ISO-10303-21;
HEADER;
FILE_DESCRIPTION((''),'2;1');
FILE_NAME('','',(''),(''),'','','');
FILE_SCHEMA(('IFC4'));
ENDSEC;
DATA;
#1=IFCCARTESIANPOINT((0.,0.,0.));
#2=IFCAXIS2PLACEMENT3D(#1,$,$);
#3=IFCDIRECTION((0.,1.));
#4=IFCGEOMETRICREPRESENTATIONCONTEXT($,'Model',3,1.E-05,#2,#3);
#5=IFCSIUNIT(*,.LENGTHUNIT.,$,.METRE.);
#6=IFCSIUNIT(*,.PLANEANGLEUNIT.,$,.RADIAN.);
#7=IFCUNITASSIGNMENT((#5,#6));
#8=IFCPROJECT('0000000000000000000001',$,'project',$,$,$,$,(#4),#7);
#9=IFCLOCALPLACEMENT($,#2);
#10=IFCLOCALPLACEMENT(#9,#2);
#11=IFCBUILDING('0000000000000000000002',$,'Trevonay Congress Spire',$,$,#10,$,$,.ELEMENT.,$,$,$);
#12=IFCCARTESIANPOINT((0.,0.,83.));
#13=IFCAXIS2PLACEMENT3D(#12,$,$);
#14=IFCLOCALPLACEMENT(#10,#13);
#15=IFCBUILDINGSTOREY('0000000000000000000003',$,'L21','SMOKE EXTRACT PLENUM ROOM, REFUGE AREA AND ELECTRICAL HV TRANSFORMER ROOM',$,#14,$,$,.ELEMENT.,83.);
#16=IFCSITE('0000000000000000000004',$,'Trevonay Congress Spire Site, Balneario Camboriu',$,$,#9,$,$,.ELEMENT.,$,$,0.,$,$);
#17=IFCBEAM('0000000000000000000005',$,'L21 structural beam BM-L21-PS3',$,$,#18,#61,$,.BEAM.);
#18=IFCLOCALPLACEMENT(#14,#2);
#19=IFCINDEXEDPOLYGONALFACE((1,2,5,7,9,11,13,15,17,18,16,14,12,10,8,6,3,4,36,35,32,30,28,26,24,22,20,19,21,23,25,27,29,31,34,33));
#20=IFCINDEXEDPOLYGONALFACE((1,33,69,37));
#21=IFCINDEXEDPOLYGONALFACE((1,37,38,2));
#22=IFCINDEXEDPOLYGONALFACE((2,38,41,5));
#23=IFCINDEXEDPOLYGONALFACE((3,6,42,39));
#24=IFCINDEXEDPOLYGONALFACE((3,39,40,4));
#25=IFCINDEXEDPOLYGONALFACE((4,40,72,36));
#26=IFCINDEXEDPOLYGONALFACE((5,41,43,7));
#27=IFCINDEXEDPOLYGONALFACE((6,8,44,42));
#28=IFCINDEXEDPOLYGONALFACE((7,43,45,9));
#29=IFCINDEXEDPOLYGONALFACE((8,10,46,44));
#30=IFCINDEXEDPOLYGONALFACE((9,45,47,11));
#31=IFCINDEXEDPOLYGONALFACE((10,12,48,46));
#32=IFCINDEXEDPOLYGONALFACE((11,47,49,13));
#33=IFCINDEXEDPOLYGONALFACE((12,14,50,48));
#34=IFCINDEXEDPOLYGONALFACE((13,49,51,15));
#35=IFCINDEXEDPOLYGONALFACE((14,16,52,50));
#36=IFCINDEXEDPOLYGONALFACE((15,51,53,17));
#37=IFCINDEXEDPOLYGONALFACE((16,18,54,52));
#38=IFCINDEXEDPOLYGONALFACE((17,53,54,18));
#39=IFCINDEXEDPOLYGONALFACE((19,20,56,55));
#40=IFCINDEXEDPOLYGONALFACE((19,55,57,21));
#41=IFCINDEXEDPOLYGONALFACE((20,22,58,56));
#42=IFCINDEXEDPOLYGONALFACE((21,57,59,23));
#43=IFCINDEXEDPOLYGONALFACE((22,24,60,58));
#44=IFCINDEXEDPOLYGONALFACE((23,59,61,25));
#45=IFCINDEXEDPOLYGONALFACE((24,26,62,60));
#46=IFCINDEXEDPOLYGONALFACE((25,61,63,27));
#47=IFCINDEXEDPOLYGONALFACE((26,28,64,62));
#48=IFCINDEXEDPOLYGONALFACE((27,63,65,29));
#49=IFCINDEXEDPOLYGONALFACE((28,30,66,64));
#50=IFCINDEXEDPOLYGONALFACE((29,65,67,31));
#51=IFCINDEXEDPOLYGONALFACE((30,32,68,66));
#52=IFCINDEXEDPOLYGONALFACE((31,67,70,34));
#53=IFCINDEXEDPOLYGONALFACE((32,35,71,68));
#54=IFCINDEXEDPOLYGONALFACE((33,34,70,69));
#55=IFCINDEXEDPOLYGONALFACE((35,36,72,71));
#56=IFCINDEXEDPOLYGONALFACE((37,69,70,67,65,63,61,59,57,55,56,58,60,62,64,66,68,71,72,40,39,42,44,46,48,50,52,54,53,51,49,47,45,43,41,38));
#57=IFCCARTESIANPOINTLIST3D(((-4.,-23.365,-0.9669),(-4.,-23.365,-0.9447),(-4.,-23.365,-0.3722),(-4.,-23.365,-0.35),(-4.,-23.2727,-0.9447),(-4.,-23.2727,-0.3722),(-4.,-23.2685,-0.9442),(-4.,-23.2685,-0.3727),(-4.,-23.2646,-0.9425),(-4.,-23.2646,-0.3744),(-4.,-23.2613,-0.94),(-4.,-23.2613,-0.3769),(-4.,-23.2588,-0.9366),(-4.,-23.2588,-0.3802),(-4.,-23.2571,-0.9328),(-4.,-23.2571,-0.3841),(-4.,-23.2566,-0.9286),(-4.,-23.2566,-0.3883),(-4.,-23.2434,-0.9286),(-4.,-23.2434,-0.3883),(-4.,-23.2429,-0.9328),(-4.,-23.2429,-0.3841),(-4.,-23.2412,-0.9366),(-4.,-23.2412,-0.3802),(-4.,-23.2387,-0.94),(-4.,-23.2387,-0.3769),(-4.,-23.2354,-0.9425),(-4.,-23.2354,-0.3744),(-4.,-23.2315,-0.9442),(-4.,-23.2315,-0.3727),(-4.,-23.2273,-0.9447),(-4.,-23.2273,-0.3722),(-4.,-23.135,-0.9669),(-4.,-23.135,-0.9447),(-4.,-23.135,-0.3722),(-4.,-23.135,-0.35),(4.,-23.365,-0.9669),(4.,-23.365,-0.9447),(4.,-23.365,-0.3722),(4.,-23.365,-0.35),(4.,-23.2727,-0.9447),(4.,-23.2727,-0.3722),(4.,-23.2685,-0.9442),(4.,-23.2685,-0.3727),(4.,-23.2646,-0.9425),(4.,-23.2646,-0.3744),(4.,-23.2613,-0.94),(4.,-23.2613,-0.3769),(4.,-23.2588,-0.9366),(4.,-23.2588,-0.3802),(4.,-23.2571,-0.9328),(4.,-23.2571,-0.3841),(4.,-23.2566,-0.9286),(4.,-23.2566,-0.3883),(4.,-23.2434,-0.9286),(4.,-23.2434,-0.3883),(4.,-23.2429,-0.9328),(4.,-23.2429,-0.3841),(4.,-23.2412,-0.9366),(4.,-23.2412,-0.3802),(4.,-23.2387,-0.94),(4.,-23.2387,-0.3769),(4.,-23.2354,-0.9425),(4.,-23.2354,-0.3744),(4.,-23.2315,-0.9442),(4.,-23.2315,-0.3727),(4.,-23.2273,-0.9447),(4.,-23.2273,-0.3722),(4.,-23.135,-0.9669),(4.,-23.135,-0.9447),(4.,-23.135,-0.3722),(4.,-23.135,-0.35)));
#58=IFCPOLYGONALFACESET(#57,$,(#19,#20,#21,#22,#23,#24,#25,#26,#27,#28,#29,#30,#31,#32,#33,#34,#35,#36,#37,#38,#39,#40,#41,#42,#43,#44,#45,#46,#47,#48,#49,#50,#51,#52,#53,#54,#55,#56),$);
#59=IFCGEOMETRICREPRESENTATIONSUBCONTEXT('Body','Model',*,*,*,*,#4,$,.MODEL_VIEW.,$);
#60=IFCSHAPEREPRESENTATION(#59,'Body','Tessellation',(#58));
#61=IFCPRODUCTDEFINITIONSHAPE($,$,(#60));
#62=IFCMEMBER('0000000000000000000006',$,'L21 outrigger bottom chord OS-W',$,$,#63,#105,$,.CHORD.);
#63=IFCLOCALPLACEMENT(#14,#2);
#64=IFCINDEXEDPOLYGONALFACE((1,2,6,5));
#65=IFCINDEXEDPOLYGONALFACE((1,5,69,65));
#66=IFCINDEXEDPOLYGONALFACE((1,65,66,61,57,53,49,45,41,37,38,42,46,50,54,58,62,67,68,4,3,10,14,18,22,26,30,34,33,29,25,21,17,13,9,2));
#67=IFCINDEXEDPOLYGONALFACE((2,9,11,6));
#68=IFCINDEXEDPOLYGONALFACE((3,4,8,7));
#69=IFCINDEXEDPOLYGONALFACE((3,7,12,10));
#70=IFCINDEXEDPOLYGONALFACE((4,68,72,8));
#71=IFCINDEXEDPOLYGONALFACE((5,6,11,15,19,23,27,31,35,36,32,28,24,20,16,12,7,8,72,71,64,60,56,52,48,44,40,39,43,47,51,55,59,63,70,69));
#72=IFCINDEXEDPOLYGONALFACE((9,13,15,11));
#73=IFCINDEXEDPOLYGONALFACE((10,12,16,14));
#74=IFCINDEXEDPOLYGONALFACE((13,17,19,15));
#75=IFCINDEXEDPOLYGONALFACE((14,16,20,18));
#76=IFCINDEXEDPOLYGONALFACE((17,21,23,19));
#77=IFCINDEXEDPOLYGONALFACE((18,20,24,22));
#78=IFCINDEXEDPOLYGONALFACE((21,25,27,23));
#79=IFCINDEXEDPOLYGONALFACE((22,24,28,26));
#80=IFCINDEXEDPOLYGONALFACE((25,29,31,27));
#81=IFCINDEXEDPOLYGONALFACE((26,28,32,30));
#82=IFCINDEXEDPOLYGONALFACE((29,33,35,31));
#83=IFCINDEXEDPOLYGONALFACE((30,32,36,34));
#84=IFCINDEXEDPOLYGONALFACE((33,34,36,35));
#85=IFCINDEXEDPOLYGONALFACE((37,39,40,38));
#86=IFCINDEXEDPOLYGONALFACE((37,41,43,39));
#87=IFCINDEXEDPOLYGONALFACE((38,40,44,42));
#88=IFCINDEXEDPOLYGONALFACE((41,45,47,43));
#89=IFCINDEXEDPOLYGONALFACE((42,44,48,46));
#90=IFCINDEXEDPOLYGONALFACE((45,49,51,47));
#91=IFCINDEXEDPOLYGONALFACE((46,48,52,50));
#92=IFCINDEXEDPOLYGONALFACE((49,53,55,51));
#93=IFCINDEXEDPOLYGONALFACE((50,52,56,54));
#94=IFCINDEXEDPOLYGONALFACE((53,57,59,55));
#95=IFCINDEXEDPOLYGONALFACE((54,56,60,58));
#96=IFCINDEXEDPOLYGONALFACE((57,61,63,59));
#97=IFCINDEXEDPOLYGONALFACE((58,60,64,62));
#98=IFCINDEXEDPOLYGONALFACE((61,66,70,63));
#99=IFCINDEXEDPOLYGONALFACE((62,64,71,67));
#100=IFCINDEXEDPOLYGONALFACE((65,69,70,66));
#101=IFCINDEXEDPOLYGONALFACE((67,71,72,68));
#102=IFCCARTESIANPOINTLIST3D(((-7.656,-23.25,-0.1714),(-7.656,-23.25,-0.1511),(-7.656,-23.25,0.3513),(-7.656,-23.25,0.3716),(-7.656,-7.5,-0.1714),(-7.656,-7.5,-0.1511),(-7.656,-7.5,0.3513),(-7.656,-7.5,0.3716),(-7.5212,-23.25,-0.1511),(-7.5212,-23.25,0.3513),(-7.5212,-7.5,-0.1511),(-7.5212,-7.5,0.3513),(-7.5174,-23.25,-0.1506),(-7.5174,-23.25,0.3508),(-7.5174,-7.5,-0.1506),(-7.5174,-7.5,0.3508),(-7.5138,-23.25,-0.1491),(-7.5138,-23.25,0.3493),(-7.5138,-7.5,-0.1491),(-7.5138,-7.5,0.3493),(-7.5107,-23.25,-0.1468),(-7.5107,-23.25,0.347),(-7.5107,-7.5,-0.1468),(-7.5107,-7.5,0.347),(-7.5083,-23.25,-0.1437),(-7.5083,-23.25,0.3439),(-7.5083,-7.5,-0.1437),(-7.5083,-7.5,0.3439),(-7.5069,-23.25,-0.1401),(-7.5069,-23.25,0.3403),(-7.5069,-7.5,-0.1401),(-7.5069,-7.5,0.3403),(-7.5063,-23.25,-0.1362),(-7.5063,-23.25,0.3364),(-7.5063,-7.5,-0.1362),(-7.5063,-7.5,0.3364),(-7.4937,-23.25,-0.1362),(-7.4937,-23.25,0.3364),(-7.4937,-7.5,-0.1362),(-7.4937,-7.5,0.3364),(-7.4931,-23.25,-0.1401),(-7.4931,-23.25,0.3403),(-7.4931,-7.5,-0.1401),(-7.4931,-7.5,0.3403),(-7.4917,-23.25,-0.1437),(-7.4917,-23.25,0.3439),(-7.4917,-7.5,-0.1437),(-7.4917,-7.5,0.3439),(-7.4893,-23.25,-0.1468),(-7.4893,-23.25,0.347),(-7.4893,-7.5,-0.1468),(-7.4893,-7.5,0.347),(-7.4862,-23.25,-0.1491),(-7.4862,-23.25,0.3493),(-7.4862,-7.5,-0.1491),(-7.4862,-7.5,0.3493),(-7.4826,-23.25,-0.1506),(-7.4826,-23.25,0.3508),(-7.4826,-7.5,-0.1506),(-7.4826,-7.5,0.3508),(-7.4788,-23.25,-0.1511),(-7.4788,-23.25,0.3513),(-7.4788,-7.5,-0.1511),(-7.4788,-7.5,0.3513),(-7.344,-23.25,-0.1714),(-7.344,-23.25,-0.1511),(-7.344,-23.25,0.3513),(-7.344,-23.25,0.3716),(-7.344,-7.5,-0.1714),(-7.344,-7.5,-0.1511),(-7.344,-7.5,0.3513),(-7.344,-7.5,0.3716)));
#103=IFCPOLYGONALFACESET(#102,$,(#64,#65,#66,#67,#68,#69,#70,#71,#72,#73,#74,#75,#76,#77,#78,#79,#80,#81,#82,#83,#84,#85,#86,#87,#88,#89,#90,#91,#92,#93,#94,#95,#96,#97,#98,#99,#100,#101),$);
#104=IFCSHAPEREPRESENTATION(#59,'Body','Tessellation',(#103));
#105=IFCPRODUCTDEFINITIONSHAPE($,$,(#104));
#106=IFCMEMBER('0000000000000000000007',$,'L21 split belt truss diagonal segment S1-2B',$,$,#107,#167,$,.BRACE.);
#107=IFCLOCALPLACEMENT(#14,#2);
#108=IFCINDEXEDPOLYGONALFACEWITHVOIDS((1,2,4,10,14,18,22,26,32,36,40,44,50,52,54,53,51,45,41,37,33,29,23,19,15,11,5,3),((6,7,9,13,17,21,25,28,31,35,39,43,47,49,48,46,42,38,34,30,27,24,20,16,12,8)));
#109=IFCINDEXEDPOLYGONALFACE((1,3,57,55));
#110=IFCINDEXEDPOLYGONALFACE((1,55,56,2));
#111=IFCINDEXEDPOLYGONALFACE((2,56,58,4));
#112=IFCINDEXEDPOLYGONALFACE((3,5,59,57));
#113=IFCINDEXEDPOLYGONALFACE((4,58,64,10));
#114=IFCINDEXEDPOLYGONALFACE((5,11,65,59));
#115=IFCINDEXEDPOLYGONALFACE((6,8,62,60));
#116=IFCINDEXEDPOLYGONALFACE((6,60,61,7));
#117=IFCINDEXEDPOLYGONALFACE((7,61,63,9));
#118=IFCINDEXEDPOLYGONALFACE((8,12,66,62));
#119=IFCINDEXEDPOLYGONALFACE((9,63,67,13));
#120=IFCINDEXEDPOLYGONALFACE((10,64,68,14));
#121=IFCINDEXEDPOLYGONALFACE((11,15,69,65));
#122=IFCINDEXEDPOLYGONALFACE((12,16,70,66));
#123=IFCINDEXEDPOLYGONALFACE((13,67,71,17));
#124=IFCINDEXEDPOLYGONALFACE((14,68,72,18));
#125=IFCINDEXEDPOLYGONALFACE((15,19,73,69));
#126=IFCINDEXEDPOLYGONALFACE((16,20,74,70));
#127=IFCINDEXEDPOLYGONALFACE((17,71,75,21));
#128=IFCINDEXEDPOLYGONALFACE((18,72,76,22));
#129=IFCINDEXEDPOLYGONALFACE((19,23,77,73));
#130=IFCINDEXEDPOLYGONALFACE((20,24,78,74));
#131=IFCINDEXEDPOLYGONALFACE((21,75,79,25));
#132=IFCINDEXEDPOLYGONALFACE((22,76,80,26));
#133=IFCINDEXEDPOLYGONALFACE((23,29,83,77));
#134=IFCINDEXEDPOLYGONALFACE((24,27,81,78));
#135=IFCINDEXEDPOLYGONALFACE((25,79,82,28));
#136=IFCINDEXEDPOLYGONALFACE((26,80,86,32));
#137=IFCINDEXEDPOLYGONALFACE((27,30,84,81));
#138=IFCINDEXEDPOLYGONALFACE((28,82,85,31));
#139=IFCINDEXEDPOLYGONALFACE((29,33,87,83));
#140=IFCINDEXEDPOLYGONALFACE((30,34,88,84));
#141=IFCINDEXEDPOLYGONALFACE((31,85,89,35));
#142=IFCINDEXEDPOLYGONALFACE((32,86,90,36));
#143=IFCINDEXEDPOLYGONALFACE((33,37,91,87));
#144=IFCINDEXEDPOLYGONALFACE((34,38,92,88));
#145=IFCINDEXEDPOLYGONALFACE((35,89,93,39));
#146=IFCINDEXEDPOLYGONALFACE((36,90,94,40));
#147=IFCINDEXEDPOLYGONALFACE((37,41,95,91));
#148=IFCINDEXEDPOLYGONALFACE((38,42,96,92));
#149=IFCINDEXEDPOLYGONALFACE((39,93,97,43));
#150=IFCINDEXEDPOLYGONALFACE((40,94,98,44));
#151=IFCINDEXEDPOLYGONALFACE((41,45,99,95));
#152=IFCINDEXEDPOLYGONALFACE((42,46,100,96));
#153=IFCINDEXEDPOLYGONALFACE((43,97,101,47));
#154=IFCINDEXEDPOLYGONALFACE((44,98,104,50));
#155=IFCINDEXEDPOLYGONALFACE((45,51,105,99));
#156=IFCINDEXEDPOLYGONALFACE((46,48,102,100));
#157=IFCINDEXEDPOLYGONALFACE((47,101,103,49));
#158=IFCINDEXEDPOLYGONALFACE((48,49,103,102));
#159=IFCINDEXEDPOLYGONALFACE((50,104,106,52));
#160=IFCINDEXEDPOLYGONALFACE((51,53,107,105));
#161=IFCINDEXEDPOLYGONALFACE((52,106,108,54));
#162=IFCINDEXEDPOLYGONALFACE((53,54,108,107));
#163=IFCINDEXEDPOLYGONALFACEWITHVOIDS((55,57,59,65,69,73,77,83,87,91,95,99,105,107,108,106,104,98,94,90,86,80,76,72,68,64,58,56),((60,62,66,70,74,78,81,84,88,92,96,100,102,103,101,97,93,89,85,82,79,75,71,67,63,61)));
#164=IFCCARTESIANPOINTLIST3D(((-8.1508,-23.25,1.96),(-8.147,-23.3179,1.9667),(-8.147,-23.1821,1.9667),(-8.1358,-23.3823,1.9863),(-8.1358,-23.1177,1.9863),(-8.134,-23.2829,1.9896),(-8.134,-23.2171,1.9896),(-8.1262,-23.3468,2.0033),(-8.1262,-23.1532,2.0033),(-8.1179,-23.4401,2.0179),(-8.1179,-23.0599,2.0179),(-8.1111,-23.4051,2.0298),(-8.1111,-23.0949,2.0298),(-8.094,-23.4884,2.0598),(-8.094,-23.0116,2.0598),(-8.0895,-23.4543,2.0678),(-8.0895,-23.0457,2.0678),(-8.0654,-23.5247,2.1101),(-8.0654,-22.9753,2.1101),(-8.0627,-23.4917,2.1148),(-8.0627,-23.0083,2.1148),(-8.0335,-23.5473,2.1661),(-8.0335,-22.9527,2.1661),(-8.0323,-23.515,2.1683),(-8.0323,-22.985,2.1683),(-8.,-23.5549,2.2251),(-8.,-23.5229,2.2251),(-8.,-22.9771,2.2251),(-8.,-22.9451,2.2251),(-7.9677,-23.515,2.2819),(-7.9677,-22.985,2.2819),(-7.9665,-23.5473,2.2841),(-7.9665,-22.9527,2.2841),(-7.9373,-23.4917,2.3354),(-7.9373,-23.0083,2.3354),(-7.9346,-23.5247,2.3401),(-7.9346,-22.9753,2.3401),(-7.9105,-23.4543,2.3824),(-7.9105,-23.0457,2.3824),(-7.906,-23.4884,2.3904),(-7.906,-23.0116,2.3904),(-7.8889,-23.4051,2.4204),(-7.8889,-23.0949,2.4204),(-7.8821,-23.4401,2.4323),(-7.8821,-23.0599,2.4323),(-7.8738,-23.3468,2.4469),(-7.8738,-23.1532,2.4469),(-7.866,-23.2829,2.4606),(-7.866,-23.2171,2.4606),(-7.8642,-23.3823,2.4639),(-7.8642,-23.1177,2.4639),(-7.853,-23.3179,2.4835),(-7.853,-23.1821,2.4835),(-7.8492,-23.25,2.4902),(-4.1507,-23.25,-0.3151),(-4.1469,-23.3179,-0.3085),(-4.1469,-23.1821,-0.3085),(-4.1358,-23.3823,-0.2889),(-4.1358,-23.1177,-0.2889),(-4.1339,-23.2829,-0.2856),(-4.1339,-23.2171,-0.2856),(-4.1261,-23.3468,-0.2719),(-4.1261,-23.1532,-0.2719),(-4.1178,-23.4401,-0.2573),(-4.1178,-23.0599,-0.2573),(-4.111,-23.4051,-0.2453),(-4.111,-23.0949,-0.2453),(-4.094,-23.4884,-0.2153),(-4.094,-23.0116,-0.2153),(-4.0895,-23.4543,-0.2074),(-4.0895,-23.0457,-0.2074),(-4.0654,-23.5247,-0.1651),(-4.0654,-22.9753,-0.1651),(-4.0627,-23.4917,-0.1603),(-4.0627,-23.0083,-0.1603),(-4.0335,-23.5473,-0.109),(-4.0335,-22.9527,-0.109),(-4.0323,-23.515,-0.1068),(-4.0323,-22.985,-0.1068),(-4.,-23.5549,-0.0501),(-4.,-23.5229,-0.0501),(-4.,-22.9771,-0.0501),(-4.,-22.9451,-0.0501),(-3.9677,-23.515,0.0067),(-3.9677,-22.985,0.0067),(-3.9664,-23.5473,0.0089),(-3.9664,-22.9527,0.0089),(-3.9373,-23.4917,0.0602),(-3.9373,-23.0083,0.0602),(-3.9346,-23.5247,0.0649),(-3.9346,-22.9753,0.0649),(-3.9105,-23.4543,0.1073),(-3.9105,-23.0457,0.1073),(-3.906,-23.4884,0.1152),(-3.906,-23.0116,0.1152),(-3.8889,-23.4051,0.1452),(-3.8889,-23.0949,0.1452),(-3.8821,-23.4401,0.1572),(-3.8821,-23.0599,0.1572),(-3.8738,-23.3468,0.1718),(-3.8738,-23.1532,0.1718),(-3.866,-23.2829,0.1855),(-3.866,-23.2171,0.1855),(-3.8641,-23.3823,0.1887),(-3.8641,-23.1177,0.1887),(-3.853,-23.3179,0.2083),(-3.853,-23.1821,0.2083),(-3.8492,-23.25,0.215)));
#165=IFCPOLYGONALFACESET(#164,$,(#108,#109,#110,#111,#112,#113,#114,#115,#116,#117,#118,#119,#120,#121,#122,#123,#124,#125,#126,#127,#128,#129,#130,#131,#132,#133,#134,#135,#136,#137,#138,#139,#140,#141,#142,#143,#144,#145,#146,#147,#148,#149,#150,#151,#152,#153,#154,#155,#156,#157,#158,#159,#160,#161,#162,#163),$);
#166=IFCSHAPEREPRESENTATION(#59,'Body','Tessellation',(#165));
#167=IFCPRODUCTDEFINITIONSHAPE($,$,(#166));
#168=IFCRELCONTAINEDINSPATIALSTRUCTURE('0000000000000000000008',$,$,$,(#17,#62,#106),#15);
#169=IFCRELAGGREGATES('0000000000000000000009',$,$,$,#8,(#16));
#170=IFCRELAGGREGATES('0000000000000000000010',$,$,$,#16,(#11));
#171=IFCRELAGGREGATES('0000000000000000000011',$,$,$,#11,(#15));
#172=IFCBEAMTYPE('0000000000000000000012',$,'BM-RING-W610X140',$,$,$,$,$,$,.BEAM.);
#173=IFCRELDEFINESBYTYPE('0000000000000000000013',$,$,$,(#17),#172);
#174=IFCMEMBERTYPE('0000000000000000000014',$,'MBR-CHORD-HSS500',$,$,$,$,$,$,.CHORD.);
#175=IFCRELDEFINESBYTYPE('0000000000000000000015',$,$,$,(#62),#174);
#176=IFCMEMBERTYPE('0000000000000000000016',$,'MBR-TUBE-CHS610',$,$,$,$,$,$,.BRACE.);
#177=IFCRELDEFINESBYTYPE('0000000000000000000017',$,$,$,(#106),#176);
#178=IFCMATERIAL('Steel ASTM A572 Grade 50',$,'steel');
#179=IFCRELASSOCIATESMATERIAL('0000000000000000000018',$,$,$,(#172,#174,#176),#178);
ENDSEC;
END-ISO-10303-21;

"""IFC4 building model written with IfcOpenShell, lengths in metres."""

from ifc_helpers import new_model, si_unit, direction, frame, origin, origin_2d, place, context, subcontext, project, spatial, hollow_circle, i_section, extrude, material, material_profile, profile_set, type_object, element, save


model = new_model("IFC4")

# Units and contexts
model_context = context("Model", 3, precision=1e-05, world=origin(), true_north=direction((0.0, 1.0)))
body_context = subcontext(model_context, "Body", "Model", "MODEL_VIEW")
ifc_project = project(units=[si_unit("LENGTHUNIT", "METRE"), si_unit("PLANEANGLEUNIT", "RADIAN")], contexts=[model_context])

# Site, building, storey
site_placement = place(None, origin())
site = spatial("IfcSite", under=ifc_project, at=site_placement, Name="Trevonay Congress Spire Site, Balneario Camboriu", CompositionType="ELEMENT", RefElevation=0.0)
building_placement = place(site_placement, origin())
building = spatial("IfcBuilding", under=site, at=building_placement, Name="Trevonay Congress Spire", CompositionType="ELEMENT")
storey_placement = place(building_placement, frame((0.0, 0.0, 83.0)))
storey = spatial("IfcBuildingStorey", under=building, at=storey_placement, Name="L21", Description="SMOKE EXTRACT PLENUM ROOM, REFUGE AREA AND ELECTRICAL HV TRANSFORMER ROOM", CompositionType="ELEMENT", Elevation=83.0)

# Shared definitions
ifc_material_1 = material(Name="Steel ASTM A572 Grade 50", Category="steel")

# Beam
ifc_material_profile_1 = material_profile(ifc_material_1, i_section(OverallWidth=0.23, OverallDepth=0.6169, WebThickness=0.0132, FlangeThickness=0.0222, FilletRadius=0.0161, at=origin_2d()), Name="W610x140")
ifc_profile_set_1 = profile_set([ifc_material_profile_1], Name="Steel ASTM A572 Grade 50")
beam_type_1 = type_object("IfcBeamType", Name="BM-RING-W610X140", PredefinedType="BEAM", material=ifc_profile_set_1)
beam_1_placement = place(storey_placement, frame((-4.0, -23.25, -0.6584), z_axis=(1.0, 0.0, 0.0), x_axis=(0.0, 1.0, 0.0)))
element("IfcBeam", 1, at=beam_1_placement, inside=storey, type_object=beam_type_1, Name="L21 structural beam BM-L21-PS3", PredefinedType="BEAM", context=body_context, shape_type="SweptSolid", body=[
    extrude(i_section(OverallWidth=0.23, OverallDepth=0.6169, WebThickness=0.0132, FlangeThickness=0.0222, FilletRadius=0.0161, at=origin_2d()), origin(), (0.0, 0.0, 1.0), 8.0),
])

# Members
ifc_material_profile_2 = material_profile(ifc_material_1, i_section(OverallWidth=0.312, OverallDepth=0.543, WebThickness=0.0127, FlangeThickness=0.0203, FilletRadius=0.0149, at=origin_2d()), Name="W530x150")
ifc_profile_set_2 = profile_set([ifc_material_profile_2], Name="Steel ASTM A572 Grade 50")
member_type_1 = type_object("IfcMemberType", Name="MBR-CHORD-HSS500", PredefinedType="CHORD", material=ifc_profile_set_2)
member_1_placement = place(storey_placement, frame((-7.5, -7.5, 0.1001), z_axis=(0.0, -1.0, 0.0), x_axis=(1.0, 0.0, 0.0)))
element("IfcMember", 2, at=member_1_placement, inside=storey, type_object=member_type_1, Name="L21 outrigger bottom chord OS-W", PredefinedType="CHORD", context=body_context, shape_type="SweptSolid", body=[
    extrude(i_section(OverallWidth=0.312, OverallDepth=0.543, WebThickness=0.0127, FlangeThickness=0.0203, FilletRadius=0.0149, at=origin_2d()), origin(), (0.0, 0.0, 1.0), 15.75),
])
ifc_material_profile_3 = material_profile(ifc_material_1, hollow_circle(Radius=0.3049, WallThickness=0.032, at=origin_2d()), Name="CHS 610x32")
ifc_profile_set_3 = profile_set([ifc_material_profile_3], Name="Steel ASTM A572 Grade 50")
member_type_2 = type_object("IfcMemberType", Name="MBR-TUBE-CHS610", PredefinedType="BRACE", material=ifc_profile_set_3)
member_2_placement = place(storey_placement, frame((-8.0, -23.25, 2.2251), z_axis=(0.869231, 0.0, -0.494407), x_axis=(0.0, 1.0, 0.0)))
element("IfcMember", 3, at=member_2_placement, inside=storey, type_object=member_type_2, Name="L21 split belt truss diagonal segment S1-2B", PredefinedType="BRACE", context=body_context, shape_type="SweptSolid", body=[
    extrude(hollow_circle(Radius=0.3049, WallThickness=0.032, at=origin_2d()), origin(), (0.0, 0.0, 1.0), 4.6018),
])

save(model, "model.ifc")
